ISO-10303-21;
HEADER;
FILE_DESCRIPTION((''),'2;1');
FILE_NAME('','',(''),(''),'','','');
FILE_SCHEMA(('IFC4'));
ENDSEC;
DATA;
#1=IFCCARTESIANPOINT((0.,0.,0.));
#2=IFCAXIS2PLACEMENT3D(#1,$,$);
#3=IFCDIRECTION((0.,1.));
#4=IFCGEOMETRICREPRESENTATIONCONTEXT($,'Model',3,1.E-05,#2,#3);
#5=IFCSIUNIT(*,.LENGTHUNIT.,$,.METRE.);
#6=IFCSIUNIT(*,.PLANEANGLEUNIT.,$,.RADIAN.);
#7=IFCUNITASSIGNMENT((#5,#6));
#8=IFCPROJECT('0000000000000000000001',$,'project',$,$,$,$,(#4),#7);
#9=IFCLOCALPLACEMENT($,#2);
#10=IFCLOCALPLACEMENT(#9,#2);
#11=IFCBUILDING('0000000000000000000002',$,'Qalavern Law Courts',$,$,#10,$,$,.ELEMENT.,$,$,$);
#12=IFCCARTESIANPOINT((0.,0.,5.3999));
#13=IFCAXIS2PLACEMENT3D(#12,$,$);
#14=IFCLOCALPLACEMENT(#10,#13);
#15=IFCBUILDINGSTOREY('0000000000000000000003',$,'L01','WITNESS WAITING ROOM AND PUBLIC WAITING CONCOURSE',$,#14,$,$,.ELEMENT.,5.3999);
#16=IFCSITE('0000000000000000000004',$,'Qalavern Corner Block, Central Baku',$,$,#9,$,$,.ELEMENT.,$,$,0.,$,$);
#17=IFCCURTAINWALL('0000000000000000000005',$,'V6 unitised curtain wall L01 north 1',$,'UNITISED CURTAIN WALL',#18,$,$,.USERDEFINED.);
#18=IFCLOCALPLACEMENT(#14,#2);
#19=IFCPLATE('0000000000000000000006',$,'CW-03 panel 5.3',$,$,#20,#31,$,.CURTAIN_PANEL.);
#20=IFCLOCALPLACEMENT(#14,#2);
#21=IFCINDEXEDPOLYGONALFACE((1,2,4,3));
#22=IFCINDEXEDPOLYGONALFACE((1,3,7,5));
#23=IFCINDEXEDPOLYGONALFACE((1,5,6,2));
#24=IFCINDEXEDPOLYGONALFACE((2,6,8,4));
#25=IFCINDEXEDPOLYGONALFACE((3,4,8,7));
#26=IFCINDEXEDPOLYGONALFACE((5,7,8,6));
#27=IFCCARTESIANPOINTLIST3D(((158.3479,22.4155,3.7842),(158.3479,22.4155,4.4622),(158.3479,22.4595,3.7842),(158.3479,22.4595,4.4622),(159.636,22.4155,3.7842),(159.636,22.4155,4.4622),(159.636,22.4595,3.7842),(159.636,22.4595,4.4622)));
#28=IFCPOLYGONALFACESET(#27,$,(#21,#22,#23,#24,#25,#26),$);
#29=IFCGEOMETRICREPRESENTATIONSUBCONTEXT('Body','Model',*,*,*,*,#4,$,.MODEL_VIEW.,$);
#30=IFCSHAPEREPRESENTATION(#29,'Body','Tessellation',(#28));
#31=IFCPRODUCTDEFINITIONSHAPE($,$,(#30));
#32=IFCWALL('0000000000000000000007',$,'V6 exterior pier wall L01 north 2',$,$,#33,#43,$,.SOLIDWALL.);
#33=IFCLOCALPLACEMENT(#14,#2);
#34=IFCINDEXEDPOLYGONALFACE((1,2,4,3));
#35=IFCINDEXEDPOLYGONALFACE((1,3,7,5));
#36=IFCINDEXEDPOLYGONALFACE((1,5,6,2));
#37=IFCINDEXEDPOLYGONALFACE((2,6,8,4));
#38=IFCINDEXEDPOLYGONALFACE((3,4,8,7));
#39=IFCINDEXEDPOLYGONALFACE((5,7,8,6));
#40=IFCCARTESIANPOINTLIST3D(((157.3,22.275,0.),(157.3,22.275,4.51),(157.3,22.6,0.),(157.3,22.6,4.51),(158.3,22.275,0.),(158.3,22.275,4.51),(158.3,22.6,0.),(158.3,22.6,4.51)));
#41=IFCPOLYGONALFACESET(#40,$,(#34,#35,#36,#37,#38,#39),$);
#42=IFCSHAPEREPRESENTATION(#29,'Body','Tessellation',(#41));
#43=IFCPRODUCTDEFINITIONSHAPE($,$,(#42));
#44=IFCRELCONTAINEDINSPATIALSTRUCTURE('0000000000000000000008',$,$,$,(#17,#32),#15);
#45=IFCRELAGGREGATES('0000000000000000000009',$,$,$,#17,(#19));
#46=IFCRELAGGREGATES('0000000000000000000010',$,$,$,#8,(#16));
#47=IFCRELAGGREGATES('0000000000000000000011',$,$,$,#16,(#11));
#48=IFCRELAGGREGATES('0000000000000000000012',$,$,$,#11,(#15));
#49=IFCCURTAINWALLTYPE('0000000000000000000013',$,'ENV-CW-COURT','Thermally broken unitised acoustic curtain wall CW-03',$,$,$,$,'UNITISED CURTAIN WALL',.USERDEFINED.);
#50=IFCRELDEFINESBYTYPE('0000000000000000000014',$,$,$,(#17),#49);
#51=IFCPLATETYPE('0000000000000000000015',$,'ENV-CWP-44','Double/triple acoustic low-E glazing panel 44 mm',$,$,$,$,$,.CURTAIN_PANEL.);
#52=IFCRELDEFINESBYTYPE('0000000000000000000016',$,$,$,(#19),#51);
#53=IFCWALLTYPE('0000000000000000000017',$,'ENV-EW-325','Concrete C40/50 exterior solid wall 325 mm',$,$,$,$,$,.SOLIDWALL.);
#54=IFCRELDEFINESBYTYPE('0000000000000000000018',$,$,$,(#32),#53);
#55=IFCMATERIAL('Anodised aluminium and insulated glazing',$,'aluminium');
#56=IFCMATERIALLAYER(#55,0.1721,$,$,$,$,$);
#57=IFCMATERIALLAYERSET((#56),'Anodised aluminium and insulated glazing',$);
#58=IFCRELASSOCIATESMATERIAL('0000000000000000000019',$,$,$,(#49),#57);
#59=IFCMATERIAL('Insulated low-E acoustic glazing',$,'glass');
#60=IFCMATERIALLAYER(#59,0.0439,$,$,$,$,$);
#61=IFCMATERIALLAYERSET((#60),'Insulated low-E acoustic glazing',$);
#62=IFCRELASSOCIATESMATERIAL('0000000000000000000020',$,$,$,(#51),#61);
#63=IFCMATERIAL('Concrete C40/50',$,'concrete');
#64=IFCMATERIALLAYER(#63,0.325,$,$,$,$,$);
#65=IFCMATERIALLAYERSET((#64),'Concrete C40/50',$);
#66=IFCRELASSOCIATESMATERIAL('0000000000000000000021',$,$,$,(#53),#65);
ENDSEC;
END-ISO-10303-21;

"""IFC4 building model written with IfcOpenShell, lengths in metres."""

from ifc_helpers import new_model, si_unit, direction, frame, frame_2d, origin, origin_2d, place, context, subcontext, project, spatial, rectangle, extrude, material, layer, layer_set, type_object, element, aggregate, save


model = new_model("IFC4")

# Units and contexts
model_context = context("Model", 3, precision=1e-05, world=origin(), true_north=direction((0.0, 1.0)))
body_context = subcontext(model_context, "Body", "Model", "MODEL_VIEW")
ifc_project = project(units=[si_unit("LENGTHUNIT", "METRE"), si_unit("PLANEANGLEUNIT", "RADIAN")], contexts=[model_context])

# Site, building, storey
site_placement = place(None, origin())
site = spatial("IfcSite", under=ifc_project, at=site_placement, Name="Qalavern Corner Block, Central Baku", CompositionType="ELEMENT", RefElevation=0.0)
building_placement = place(site_placement, origin())
building = spatial("IfcBuilding", under=site, at=building_placement, Name="Qalavern Law Courts", CompositionType="ELEMENT")
storey_placement = place(building_placement, frame((0.0, 0.0, 5.3999)))
storey = spatial("IfcBuildingStorey", under=building, at=storey_placement, Name="L01", Description="WITNESS WAITING ROOM AND PUBLIC WAITING CONCOURSE", CompositionType="ELEMENT", Elevation=5.3999)

# Curtain wall
ifc_material_1 = material(Name="Anodised aluminium and insulated glazing", Category="aluminium")
ifc_layer_1 = layer(ifc_material_1, 0.1721)
ifc_layer_set_1 = layer_set([ifc_layer_1], Name="Anodised aluminium and insulated glazing")
curtain_wall_type = type_object("IfcCurtainWallType", Name="ENV-CW-COURT", Description="Thermally broken unitised acoustic curtain wall CW-03", ElementType="UNITISED CURTAIN WALL", PredefinedType="USERDEFINED", material=ifc_layer_set_1)
curtain_wall_1_placement = place(storey_placement, origin())
curtain_wall_1 = element("IfcCurtainWall", 1, at=curtain_wall_1_placement, inside=storey, type_object=curtain_wall_type, Name="V6 unitised curtain wall L01 north 1", ObjectType="UNITISED CURTAIN WALL", PredefinedType="USERDEFINED")

# Shared definitions
ifc_material_2 = material(Name="Concrete C40/50", Category="concrete")

# Plate
ifc_material_3 = material(Name="Insulated low-E acoustic glazing", Category="glass")
ifc_layer_2 = layer(ifc_material_3, 0.0439)
ifc_layer_set_2 = layer_set([ifc_layer_2], Name="Insulated low-E acoustic glazing")
plate_type = type_object("IfcPlateType", Name="ENV-CWP-44", Description="Double/triple acoustic low-E glazing panel 44 mm", PredefinedType="CURTAIN_PANEL", material=ifc_layer_set_2)
plate_1_placement = place(storey_placement, frame((158.9919, 22.4375, 3.7842), z_axis=(0.0, 0.0, 1.0), x_axis=(-1.0, 0.0, 0.0)))
plate_1 = element("IfcPlate", 2, at=plate_1_placement, type_object=plate_type, Name="CW-03 panel 5.3", PredefinedType="CURTAIN_PANEL", context=body_context, shape_type="SweptSolid", body=[
    extrude(rectangle(XDim=1.2881, YDim=0.0439, at=origin_2d()), origin(), (0.0, 0.0, 1.0), 0.678),
])
aggregate(curtain_wall_1, [plate_1])

# Wall
ifc_layer_3 = layer(ifc_material_2, 0.325)
ifc_layer_set_3 = layer_set([ifc_layer_3], Name="Concrete C40/50")
wall_type = type_object("IfcWallType", Name="ENV-EW-325", Description="Concrete C40/50 exterior solid wall 325 mm", PredefinedType="SOLIDWALL", material=ifc_layer_set_3)
wall_placement = place(storey_placement, frame((158.3, 22.4375, 0.0), z_axis=(0.0, 0.0, 1.0), x_axis=(-1.0, 0.0, 0.0)))
element("IfcWall", 3, at=wall_placement, inside=storey, type_object=wall_type, Name="V6 exterior pier wall L01 north 2", PredefinedType="SOLIDWALL", context=body_context, shape_type="SweptSolid", body=[
    extrude(rectangle(XDim=1.0, YDim=0.325, at=frame_2d((0.5, 0.0))), origin(), (0.0, 0.0, 1.0), 4.51),
])

save(model, "model.ifc")
